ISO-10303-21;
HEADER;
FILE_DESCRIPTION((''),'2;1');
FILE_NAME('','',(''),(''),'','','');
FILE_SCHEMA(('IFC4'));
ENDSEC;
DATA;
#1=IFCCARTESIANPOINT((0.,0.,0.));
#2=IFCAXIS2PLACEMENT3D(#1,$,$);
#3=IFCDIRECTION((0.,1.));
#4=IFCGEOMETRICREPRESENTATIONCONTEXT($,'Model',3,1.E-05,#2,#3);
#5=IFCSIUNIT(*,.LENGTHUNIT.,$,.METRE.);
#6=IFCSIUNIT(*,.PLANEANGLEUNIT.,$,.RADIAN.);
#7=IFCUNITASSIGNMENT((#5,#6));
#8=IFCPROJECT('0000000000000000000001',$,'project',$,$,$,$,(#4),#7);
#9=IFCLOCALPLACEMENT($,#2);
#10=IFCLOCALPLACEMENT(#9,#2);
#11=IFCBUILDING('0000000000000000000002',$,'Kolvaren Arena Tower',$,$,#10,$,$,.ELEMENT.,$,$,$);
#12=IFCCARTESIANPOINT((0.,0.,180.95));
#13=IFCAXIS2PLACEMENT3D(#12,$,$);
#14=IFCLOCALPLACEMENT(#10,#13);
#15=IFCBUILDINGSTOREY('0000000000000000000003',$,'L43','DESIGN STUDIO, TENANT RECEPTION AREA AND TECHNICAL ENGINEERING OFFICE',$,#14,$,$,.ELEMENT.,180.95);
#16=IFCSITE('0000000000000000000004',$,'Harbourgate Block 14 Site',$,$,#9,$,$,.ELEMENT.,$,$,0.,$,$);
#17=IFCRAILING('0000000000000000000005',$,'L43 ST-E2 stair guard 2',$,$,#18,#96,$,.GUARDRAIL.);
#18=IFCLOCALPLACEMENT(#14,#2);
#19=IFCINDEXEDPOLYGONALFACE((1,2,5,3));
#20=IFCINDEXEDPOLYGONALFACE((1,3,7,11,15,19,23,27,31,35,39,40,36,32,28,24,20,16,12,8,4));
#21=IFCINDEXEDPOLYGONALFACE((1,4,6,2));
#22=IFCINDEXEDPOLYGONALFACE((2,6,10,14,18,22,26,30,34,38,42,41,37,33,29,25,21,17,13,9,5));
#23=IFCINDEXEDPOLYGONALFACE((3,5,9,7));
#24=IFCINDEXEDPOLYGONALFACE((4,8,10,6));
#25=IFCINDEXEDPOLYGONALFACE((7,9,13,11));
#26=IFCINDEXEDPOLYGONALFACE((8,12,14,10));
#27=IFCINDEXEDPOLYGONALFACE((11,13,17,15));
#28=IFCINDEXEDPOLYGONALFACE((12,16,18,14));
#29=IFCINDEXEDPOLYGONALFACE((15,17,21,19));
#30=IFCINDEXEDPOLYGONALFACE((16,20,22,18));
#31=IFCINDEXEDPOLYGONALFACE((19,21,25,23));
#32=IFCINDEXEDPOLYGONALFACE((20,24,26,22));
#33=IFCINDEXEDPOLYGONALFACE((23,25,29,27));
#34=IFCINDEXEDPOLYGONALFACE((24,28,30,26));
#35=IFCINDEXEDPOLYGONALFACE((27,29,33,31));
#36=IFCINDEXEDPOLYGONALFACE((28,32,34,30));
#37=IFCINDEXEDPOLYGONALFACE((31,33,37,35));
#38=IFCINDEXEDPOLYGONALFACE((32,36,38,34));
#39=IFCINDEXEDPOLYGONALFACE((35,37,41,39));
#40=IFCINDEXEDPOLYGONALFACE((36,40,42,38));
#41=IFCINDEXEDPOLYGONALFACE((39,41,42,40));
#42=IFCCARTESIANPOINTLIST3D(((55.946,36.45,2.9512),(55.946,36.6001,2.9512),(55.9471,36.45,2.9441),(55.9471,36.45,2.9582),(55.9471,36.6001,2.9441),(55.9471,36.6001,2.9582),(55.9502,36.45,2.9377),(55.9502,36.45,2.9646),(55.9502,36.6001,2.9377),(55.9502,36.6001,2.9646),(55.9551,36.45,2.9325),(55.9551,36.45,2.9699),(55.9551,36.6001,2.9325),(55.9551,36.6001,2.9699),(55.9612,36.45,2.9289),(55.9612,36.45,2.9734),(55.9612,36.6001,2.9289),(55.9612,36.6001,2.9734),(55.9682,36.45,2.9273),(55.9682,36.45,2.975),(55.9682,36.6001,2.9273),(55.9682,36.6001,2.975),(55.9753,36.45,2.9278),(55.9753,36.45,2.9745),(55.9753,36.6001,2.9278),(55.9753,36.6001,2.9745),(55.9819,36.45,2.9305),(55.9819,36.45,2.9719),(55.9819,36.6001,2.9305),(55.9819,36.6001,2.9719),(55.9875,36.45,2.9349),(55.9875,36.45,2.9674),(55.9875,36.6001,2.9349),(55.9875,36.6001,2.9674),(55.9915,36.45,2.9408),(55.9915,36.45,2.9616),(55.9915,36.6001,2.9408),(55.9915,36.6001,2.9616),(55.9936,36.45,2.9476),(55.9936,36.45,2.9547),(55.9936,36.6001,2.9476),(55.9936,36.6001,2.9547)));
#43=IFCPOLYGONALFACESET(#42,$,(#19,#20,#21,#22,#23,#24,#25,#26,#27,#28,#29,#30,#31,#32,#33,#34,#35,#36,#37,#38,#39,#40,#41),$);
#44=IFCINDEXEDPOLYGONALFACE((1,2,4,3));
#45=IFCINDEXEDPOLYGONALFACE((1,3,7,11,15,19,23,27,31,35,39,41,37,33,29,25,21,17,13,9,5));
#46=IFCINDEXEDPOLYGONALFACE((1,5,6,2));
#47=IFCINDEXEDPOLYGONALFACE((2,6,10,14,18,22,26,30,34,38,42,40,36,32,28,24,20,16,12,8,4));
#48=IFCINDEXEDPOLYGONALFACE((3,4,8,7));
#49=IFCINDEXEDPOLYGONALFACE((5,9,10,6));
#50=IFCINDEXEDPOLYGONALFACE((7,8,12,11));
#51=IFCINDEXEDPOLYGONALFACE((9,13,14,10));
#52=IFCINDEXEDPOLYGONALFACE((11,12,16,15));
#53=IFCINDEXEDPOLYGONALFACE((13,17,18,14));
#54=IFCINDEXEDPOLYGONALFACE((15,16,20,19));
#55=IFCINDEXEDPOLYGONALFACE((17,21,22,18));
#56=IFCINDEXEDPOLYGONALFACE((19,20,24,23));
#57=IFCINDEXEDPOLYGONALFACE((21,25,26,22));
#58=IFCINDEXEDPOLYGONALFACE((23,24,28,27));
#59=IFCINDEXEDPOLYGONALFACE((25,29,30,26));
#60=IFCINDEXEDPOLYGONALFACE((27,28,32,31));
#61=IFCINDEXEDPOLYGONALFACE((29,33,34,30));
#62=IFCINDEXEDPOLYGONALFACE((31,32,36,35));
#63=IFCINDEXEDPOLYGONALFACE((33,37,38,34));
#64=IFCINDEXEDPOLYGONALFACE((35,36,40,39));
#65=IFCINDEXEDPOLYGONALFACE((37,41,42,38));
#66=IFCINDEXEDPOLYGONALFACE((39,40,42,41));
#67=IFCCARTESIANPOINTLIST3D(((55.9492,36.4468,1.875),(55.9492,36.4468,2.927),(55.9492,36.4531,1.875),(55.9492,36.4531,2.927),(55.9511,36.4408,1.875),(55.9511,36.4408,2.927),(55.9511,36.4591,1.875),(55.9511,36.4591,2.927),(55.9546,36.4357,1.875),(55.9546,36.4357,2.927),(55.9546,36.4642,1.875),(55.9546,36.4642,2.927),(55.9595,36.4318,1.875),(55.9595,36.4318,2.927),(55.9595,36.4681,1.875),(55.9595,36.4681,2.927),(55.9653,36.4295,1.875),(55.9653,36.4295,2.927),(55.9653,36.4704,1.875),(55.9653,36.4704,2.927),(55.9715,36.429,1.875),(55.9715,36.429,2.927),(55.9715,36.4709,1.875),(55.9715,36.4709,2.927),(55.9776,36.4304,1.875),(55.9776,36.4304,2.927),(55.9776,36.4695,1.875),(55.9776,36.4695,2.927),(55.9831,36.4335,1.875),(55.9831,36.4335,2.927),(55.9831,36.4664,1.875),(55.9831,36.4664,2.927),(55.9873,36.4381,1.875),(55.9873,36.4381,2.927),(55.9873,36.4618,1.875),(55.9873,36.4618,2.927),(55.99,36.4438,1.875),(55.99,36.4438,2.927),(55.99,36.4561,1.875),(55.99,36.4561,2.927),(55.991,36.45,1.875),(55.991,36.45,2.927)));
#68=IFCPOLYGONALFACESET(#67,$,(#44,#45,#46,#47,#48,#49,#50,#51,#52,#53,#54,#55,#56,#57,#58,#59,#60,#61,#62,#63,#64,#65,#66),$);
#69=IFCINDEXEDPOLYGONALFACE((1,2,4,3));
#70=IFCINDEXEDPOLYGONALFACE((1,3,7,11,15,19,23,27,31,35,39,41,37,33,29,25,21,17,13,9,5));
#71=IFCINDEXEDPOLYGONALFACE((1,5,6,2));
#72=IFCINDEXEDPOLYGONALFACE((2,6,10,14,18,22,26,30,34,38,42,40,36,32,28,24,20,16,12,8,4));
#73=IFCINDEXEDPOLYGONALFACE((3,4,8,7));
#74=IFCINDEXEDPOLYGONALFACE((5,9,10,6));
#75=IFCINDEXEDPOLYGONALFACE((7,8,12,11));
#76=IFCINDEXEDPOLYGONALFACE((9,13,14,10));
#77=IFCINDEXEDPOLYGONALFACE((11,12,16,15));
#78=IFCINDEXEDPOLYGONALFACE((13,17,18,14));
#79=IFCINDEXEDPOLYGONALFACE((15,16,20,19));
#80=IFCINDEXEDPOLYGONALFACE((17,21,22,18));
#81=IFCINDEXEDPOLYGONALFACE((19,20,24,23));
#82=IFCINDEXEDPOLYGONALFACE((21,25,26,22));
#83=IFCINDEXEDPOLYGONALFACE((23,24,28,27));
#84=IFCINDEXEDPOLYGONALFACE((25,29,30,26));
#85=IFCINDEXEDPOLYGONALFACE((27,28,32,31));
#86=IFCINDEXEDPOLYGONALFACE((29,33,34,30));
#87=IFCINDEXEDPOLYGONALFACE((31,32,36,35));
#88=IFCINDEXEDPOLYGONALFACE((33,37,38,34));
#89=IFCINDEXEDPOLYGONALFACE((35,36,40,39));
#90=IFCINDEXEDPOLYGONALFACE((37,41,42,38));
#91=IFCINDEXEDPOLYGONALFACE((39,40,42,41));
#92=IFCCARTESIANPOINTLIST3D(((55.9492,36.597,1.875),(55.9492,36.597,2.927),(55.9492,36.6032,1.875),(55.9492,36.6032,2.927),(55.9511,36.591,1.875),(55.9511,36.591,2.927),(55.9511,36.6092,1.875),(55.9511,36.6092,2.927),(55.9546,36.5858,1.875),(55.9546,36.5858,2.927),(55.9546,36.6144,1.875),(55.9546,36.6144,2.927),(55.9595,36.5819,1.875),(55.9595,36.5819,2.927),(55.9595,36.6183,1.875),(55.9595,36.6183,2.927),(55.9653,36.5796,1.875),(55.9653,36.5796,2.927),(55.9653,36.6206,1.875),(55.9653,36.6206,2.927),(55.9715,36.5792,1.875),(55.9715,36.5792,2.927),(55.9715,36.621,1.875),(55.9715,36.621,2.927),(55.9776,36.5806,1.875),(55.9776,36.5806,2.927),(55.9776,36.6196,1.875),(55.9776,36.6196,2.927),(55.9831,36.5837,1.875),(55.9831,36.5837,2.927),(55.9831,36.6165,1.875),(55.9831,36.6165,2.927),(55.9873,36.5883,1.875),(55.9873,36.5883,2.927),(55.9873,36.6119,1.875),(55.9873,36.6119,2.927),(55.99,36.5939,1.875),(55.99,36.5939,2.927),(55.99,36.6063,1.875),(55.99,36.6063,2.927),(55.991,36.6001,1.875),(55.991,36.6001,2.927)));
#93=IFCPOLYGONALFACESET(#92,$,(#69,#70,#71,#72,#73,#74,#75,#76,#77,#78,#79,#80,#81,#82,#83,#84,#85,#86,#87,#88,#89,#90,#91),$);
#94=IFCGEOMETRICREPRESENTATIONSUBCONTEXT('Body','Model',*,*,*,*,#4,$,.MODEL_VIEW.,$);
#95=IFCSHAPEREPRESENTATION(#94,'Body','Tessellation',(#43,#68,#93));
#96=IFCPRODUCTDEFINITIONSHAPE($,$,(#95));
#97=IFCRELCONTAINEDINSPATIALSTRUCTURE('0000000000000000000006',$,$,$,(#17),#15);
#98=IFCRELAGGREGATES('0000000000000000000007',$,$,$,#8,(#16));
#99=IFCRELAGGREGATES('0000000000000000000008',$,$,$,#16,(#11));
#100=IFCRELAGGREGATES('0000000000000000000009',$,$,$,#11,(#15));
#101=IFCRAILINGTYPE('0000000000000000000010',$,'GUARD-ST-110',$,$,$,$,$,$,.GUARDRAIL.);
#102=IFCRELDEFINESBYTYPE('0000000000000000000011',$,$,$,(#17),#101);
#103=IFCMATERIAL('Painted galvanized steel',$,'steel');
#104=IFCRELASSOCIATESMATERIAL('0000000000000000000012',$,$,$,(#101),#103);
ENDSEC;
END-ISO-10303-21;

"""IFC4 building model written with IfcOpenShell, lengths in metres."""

from ifc_helpers import new_model, si_unit, direction, frame, origin, origin_2d, place, context, subcontext, project, spatial, circle, extrude, material, type_object, element, save


model = new_model("IFC4")

# Units and contexts
model_context = context("Model", 3, precision=1e-05, world=origin(), true_north=direction((0.0, 1.0)))
body_context = subcontext(model_context, "Body", "Model", "MODEL_VIEW")
ifc_project = project(units=[si_unit("LENGTHUNIT", "METRE"), si_unit("PLANEANGLEUNIT", "RADIAN")], contexts=[model_context])

# Site, building, storey
site_placement = place(None, origin())
site = spatial("IfcSite", under=ifc_project, at=site_placement, Name="Harbourgate Block 14 Site", CompositionType="ELEMENT", RefElevation=0.0)
building_placement = place(site_placement, origin())
building = spatial("IfcBuilding", under=site, at=building_placement, Name="Kolvaren Arena Tower", CompositionType="ELEMENT")
storey_placement = place(building_placement, frame((0.0, 0.0, 180.95)))
storey = spatial("IfcBuildingStorey", under=building, at=storey_placement, Name="L43", Description="DESIGN STUDIO, TENANT RECEPTION AREA AND TECHNICAL ENGINEERING OFFICE", CompositionType="ELEMENT", Elevation=180.95)

# Railing
ifc_material_1 = material(Name="Painted galvanized steel", Category="steel")
railing_type_1 = type_object("IfcRailingType", Name="GUARD-ST-110", PredefinedType="GUARDRAIL", material=ifc_material_1)
railing_1_placement = place(storey_placement, frame((55.97, 36.45, 1.875)))
element("IfcRailing", 1, at=railing_1_placement, inside=storey, type_object=railing_type_1, Name="L43 ST-E2 stair guard 2", PredefinedType="GUARDRAIL", context=body_context, shape_type="SweptSolid", body=[
    extrude(circle(Radius=0.0239, at=origin_2d()), frame((0.0, 0.0, 1.0762), z_axis=(0.0, 1.0, 0.0), x_axis=(-1.0, 0.0, 0.0)), (0.0, 0.0, 1.0), 0.1501),
    extrude(circle(Radius=0.021, at=origin_2d()), origin(), (0.0, 0.0, 1.0), 1.052),
    extrude(circle(Radius=0.021, at=origin_2d()), frame((0.0, 0.1501, 0.0)), (0.0, 0.0, 1.0), 1.052),
])

save(model, "model.ifc")
